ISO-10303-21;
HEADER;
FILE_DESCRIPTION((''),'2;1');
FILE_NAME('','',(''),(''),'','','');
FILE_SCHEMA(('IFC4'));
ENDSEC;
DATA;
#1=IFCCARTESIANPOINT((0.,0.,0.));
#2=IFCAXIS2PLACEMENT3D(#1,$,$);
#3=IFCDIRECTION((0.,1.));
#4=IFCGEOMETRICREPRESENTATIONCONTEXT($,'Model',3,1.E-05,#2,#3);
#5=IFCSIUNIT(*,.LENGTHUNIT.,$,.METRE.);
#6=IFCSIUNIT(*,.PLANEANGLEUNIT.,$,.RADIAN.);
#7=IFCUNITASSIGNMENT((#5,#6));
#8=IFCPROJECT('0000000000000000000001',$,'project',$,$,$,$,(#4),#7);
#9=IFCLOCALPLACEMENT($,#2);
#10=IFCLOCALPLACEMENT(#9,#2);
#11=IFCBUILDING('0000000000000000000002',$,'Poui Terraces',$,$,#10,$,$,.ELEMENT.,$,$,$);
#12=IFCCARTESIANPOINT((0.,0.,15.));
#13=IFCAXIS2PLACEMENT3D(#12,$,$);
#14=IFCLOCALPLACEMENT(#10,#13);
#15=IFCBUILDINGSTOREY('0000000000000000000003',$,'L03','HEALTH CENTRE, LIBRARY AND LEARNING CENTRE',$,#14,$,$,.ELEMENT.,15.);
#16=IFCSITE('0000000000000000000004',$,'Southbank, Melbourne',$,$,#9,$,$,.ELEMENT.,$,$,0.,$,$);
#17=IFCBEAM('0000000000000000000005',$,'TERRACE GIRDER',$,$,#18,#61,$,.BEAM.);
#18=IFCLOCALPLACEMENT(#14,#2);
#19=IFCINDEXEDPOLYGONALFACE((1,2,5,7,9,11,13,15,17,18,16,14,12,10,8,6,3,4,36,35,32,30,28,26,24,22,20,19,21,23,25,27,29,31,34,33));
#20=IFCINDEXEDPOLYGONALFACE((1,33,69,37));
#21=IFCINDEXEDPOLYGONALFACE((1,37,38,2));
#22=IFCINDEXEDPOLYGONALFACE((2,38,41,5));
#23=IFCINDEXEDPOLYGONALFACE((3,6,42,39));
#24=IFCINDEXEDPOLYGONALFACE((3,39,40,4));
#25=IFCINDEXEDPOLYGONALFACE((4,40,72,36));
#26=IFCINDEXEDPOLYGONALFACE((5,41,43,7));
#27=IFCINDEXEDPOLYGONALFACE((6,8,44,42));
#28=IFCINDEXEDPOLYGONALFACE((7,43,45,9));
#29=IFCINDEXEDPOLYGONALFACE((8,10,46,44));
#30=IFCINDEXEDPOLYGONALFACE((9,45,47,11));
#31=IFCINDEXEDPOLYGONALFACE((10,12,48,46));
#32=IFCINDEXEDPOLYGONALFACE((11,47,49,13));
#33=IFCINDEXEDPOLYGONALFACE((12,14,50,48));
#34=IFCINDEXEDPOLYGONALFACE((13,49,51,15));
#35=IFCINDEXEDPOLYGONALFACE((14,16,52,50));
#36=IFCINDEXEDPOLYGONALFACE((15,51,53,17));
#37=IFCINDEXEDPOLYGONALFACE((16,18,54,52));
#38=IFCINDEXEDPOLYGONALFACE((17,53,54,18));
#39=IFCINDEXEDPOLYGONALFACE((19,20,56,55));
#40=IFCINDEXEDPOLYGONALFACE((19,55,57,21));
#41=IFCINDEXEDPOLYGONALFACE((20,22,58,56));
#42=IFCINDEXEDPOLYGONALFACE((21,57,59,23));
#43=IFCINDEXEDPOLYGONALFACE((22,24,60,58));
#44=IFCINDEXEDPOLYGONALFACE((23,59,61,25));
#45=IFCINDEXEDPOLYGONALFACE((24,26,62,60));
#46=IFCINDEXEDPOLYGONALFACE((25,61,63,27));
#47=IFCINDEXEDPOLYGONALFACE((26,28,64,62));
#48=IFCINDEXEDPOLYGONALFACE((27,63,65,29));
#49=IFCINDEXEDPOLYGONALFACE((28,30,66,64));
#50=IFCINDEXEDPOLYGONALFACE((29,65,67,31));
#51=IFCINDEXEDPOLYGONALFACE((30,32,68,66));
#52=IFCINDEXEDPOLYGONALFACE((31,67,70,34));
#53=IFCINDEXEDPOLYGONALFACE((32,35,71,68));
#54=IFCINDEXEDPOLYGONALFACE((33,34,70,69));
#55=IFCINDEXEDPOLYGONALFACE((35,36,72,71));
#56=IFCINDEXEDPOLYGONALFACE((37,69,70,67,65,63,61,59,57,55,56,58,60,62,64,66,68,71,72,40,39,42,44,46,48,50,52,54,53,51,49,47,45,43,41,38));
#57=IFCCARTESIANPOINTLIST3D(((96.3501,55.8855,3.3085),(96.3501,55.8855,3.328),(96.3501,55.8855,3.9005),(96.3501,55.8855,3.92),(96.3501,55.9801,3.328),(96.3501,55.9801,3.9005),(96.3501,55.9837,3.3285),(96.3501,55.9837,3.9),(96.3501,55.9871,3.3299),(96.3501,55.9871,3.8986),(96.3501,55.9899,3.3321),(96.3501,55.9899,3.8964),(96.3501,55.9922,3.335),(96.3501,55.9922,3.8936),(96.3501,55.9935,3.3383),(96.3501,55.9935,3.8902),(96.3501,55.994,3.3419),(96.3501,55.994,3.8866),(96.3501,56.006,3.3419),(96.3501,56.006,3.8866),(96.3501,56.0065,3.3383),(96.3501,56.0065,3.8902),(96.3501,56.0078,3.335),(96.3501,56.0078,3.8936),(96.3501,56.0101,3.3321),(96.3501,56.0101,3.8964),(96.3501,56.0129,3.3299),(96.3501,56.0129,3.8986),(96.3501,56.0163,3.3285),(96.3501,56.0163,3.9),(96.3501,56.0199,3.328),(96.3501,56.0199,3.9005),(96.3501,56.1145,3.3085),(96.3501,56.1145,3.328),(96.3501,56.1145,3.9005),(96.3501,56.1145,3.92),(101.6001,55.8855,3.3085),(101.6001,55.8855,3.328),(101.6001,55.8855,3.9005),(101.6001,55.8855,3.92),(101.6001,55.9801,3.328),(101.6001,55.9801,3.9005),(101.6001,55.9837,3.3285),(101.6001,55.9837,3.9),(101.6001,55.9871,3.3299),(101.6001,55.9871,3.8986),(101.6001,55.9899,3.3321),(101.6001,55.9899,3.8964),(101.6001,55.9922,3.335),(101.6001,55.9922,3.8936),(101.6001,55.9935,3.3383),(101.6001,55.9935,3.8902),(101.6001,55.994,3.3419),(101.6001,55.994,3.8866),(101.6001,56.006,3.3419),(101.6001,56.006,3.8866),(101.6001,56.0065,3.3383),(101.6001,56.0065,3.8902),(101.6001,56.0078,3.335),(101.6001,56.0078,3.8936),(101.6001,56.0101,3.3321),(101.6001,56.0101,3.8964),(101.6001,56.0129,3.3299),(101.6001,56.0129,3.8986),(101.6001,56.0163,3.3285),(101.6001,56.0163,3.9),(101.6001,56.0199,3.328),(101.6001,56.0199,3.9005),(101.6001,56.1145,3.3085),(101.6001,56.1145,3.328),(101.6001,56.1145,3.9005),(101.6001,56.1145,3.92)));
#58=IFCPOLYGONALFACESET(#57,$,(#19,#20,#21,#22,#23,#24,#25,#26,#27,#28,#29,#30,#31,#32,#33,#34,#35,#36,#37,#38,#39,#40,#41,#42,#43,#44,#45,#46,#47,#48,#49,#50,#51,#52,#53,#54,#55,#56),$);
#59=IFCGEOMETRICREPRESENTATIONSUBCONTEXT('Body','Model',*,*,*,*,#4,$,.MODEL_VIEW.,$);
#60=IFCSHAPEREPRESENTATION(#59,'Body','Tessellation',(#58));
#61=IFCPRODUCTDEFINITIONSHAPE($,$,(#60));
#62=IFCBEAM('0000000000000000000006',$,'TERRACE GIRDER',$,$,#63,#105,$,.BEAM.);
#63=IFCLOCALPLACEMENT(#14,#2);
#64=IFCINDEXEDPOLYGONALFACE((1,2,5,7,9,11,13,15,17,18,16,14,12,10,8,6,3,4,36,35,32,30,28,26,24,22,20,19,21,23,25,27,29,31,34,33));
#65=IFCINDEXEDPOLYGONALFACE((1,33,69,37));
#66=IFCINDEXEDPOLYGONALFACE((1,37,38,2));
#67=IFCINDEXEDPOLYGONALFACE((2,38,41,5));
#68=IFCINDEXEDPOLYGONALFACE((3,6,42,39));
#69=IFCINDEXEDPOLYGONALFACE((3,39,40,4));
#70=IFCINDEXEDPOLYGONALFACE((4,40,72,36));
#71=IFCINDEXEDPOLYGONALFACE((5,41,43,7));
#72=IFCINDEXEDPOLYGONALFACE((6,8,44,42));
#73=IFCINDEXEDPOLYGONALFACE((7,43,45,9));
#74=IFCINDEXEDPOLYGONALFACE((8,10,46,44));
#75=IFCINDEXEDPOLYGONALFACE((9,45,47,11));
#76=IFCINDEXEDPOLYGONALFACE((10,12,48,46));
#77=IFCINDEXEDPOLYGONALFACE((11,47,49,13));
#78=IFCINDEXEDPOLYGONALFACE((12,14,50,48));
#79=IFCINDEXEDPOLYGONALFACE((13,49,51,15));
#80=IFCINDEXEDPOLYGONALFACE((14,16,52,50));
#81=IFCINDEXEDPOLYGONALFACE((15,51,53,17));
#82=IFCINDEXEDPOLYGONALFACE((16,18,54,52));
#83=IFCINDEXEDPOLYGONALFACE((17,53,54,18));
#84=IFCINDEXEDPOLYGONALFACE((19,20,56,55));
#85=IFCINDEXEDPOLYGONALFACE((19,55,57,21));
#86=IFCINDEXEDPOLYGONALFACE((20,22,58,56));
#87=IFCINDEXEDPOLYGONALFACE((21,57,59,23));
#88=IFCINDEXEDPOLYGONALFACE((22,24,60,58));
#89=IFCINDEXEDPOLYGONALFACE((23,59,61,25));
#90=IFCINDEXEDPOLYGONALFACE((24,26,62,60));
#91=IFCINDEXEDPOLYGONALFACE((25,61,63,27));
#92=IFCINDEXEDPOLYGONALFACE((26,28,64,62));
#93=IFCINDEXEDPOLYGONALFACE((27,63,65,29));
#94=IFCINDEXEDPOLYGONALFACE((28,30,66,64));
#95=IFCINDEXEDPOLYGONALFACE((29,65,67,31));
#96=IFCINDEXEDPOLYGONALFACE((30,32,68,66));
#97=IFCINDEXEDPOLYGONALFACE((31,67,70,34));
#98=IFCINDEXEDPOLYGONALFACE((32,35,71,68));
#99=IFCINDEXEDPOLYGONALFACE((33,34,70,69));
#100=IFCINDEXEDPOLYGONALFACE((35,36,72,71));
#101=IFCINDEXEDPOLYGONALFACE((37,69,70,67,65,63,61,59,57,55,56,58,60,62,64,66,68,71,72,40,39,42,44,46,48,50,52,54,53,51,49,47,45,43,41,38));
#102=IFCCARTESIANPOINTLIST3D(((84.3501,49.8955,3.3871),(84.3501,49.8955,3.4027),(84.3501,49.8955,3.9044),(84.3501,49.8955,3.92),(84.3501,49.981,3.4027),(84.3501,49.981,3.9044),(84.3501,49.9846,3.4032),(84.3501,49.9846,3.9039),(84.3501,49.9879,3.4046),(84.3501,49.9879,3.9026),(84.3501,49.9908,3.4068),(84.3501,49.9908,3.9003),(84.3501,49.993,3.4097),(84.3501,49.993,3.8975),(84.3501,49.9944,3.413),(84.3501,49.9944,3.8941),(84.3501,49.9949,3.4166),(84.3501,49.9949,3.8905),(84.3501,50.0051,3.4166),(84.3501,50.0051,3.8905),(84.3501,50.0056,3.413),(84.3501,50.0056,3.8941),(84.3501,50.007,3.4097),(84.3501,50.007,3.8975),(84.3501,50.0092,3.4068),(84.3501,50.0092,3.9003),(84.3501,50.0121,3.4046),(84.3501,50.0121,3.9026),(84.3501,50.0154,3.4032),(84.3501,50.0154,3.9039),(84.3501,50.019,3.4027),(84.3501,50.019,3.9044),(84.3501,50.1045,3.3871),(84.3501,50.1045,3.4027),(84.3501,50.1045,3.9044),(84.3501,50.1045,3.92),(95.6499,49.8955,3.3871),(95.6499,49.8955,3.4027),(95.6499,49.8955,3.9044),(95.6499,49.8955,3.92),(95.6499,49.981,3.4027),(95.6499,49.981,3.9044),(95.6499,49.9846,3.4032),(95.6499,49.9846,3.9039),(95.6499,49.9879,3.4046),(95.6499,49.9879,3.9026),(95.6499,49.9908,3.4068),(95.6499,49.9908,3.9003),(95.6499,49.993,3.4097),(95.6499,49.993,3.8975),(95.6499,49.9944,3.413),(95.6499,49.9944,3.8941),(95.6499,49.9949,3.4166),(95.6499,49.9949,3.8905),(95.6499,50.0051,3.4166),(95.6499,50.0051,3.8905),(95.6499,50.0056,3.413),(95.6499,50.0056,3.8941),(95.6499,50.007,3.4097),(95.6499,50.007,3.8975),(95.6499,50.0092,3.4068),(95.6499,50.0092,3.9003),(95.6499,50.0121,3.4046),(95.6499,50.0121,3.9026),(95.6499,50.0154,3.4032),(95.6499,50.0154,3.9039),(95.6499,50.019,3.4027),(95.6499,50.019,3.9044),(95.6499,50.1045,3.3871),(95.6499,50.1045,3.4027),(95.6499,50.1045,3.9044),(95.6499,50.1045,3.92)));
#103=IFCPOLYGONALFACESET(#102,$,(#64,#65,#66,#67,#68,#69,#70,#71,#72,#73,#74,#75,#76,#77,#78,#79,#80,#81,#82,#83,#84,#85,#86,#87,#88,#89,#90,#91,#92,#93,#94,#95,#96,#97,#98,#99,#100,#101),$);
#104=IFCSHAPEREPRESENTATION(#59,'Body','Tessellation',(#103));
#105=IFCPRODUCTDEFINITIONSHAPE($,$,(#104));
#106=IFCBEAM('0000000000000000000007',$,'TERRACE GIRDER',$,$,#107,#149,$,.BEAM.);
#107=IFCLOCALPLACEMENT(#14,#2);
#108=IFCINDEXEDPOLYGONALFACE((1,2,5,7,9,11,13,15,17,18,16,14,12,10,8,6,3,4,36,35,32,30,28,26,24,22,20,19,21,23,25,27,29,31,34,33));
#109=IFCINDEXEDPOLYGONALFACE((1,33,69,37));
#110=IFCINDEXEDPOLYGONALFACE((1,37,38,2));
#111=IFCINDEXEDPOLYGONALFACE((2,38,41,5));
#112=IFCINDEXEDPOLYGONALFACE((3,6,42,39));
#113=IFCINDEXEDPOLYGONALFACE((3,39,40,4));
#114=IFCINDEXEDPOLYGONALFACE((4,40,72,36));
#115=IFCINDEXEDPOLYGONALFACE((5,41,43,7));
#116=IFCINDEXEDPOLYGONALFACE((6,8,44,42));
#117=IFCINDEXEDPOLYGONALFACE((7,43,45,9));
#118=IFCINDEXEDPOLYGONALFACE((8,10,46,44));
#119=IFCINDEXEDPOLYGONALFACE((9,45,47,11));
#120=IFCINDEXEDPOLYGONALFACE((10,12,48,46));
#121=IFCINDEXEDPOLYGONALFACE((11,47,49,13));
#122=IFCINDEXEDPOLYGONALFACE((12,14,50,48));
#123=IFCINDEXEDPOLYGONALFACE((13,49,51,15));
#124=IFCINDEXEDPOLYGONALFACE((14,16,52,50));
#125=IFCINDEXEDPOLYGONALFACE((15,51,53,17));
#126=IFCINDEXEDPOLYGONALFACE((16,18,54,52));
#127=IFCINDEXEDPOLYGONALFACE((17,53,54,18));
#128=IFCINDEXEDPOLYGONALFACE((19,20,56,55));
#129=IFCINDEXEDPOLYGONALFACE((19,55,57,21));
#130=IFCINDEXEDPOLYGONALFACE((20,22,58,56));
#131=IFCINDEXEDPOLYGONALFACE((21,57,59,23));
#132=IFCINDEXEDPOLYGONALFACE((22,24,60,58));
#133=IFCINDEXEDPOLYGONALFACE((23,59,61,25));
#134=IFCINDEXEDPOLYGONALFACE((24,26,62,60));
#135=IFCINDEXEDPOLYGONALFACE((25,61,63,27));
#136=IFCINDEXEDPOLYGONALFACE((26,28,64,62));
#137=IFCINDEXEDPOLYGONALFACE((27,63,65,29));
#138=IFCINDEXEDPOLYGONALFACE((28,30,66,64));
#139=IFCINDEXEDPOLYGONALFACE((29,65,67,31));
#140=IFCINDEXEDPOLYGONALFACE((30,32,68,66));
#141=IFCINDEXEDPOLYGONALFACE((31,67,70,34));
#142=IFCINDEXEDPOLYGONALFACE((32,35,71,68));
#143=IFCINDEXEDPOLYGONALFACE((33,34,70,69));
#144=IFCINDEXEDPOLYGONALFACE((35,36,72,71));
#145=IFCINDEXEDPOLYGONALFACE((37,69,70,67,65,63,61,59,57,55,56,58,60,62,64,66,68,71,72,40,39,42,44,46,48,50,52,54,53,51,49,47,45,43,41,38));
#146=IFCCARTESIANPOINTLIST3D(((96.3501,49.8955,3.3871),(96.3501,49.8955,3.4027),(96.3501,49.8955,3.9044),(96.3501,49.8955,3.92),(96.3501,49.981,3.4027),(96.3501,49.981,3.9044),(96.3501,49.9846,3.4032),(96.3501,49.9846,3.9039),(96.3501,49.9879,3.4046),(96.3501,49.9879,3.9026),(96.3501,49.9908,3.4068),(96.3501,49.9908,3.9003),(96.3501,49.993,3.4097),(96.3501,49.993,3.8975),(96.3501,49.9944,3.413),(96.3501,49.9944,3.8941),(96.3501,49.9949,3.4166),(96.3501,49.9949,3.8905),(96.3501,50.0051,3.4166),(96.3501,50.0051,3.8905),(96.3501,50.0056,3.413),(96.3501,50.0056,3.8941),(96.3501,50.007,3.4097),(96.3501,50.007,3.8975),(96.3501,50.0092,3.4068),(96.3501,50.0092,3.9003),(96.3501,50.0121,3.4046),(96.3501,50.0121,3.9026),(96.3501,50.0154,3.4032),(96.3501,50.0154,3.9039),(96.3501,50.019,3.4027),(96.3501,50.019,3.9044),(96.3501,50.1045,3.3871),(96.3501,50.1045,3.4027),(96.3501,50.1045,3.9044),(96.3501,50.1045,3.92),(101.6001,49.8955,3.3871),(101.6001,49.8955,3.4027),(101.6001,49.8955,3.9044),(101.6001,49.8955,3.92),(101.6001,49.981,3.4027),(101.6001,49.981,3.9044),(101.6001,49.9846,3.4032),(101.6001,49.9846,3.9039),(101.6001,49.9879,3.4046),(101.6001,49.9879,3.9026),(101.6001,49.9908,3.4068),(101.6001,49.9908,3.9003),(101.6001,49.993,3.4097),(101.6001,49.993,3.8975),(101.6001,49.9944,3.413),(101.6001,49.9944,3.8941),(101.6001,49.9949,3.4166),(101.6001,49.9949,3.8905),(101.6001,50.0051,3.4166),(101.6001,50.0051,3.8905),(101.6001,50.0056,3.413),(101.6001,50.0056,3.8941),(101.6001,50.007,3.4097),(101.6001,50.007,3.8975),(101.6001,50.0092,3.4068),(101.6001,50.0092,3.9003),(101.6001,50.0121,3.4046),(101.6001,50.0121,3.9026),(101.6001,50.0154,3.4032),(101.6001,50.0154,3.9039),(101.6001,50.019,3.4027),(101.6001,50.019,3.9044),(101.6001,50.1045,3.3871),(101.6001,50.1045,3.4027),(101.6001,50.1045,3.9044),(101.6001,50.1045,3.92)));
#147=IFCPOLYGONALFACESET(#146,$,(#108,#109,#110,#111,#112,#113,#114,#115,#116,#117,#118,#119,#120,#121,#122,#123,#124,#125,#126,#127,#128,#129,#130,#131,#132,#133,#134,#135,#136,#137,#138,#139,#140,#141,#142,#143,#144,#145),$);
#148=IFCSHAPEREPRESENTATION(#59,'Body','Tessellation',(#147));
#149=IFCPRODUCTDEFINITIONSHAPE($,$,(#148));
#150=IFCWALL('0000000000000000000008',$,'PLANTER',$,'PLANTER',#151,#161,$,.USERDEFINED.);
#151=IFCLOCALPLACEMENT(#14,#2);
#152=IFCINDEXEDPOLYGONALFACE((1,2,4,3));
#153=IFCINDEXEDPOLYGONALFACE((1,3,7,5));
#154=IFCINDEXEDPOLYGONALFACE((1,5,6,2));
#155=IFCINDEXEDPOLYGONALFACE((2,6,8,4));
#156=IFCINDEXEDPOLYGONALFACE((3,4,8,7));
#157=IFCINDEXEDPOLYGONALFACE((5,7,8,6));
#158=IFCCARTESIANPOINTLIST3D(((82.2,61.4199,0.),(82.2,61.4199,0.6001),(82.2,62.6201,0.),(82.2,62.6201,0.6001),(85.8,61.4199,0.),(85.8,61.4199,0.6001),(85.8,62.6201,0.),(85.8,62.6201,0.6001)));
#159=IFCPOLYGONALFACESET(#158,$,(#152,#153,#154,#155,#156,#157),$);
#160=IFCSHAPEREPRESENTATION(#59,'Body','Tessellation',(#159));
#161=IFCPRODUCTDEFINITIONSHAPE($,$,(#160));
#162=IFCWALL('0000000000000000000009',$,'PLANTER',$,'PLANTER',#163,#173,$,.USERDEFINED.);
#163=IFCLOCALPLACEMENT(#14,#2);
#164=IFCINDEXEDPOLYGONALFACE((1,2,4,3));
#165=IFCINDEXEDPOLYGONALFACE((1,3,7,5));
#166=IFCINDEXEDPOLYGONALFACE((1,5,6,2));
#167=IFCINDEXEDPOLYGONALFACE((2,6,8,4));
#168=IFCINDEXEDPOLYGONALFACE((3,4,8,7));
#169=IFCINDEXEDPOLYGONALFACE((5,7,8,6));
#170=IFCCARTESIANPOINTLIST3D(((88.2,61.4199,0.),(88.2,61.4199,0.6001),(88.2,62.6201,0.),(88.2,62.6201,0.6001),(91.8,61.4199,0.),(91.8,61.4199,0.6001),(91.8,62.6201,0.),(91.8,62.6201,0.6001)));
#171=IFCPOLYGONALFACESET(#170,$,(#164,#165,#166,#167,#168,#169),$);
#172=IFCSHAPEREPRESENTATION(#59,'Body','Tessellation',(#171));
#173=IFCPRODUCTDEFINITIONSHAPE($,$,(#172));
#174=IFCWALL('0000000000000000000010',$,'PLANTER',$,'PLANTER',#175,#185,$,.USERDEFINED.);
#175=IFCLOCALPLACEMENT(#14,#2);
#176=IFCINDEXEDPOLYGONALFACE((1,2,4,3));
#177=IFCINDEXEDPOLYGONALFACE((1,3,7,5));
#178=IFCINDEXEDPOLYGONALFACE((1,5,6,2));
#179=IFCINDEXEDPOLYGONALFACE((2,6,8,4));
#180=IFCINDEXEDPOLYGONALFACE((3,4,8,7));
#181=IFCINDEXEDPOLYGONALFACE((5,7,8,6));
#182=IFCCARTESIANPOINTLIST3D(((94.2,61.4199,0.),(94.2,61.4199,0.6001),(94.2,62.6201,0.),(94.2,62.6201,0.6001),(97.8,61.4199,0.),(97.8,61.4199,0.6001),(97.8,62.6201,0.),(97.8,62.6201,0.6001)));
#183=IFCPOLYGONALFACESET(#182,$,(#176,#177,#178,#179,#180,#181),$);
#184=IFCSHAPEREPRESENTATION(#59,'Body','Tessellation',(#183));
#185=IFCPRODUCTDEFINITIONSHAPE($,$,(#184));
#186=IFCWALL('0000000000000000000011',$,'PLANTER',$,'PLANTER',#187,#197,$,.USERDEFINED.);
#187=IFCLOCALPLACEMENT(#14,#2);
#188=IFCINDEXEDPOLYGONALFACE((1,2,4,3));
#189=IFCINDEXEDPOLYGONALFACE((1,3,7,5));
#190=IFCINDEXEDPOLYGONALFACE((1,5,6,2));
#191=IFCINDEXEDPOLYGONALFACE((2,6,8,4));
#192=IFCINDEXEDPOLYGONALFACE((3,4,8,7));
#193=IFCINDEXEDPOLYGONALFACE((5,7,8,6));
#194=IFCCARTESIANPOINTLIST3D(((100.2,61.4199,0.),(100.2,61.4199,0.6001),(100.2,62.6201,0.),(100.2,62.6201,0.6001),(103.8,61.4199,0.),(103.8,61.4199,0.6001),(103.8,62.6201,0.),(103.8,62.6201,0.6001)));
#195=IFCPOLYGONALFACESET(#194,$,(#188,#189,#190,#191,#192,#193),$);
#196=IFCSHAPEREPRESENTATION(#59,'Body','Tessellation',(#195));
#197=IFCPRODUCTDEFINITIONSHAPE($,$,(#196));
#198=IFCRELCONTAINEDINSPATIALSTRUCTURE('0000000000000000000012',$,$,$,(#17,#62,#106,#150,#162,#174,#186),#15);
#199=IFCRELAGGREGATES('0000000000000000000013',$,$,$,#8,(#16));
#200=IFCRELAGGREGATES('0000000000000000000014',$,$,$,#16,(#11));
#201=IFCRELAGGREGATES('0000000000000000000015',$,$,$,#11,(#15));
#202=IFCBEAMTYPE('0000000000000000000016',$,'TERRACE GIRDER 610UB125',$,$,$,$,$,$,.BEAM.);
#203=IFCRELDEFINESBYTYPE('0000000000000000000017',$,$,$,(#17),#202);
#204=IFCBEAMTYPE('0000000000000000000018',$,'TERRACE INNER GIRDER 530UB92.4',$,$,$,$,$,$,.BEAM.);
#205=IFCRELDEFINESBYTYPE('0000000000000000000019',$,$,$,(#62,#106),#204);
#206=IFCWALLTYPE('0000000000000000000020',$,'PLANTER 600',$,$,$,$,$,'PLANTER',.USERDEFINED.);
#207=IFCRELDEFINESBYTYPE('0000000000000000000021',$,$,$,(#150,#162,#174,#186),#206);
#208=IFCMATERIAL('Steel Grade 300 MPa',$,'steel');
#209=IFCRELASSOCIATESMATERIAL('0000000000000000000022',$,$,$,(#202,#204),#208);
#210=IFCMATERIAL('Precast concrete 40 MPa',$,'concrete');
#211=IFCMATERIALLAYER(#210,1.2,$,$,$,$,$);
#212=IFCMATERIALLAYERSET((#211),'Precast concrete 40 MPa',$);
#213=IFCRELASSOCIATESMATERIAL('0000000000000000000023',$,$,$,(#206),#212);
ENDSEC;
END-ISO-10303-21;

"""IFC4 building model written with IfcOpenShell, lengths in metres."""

from ifc_helpers import new_model, si_unit, direction, frame, origin, origin_2d, place, context, subcontext, project, spatial, polyline, i_section, outline, extrude, source, transform, mapped, material, layer, layer_set, material_profile, profile_set, type_object, element, save


model = new_model("IFC4")

# Units and contexts
model_context = context("Model", 3, precision=1e-05, world=origin(), true_north=direction((0.0, 1.0)))
body_context = subcontext(model_context, "Body", "Model", "MODEL_VIEW")
ifc_project = project(units=[si_unit("LENGTHUNIT", "METRE"), si_unit("PLANEANGLEUNIT", "RADIAN")], contexts=[model_context])

# Site, building, storey
site_placement = place(None, origin())
site = spatial("IfcSite", under=ifc_project, at=site_placement, Name="Southbank, Melbourne", CompositionType="ELEMENT", RefElevation=0.0)
building_placement = place(site_placement, origin())
building = spatial("IfcBuilding", under=site, at=building_placement, Name="Poui Terraces", CompositionType="ELEMENT")
storey_placement = place(building_placement, frame((0.0, 0.0, 15.0)))
storey = spatial("IfcBuildingStorey", under=building, at=storey_placement, Name="L03", Description="HEALTH CENTRE, LIBRARY AND LEARNING CENTRE", CompositionType="ELEMENT", Elevation=15.0)

# Beams
ifc_material_1 = material(Name="Steel Grade 300 MPa", Category="steel")
ifc_material_profile_1 = material_profile(ifc_material_1, i_section(OverallWidth=0.229, OverallDepth=0.6116, WebThickness=0.012, FlangeThickness=0.0195, FilletRadius=0.0139, at=origin_2d()), Name="610UB125")
ifc_profile_set_1 = profile_set([ifc_material_profile_1], Name="Steel Grade 300 MPa")
beam_type_1 = type_object("IfcBeamType", Name="TERRACE GIRDER 610UB125", PredefinedType="BEAM", material=ifc_profile_set_1)
shared_shape_1 = source(origin(), body_context, "Body", "SweptSolid", [
    extrude(i_section(OverallWidth=0.229, OverallDepth=0.6116, WebThickness=0.012, FlangeThickness=0.0195, FilletRadius=0.0139, at=origin_2d()), origin(), (0.0, 0.0, 1.0), 5.25),
])
beam_1_placement = place(storey_placement, frame((96.3501, 56.0, 3.6143), z_axis=(1.0, 0.0, 0.0), x_axis=(0.0, 1.0, 0.0)))
element("IfcBeam", 1, at=beam_1_placement, inside=storey, type_object=beam_type_1, Name="TERRACE GIRDER", PredefinedType="BEAM", context=body_context, shape_type="MappedRepresentation", body=[
    mapped(shared_shape_1, transform((0.0, 0.0, 0.0))),
])
ifc_material_profile_2 = material_profile(ifc_material_1, i_section(OverallWidth=0.209, OverallDepth=0.533, WebThickness=0.0103, FlangeThickness=0.0156, FilletRadius=0.0139, at=origin_2d()), Name="530UB92.4")
ifc_profile_set_2 = profile_set([ifc_material_profile_2], Name="Steel Grade 300 MPa")
beam_type_2 = type_object("IfcBeamType", Name="TERRACE INNER GIRDER 530UB92.4", PredefinedType="BEAM", material=ifc_profile_set_2)
shared_shape_2 = source(origin(), body_context, "Body", "SweptSolid", [
    extrude(i_section(OverallWidth=0.209, OverallDepth=0.533, WebThickness=0.0103, FlangeThickness=0.0156, FilletRadius=0.0139, at=origin_2d()), origin(), (0.0, 0.0, 1.0), 11.2998),
])
beam_2_placement = place(storey_placement, frame((84.3501, 50.0, 3.6536), z_axis=(1.0, 0.0, 0.0), x_axis=(0.0, 1.0, 0.0)))
element("IfcBeam", 2, at=beam_2_placement, inside=storey, type_object=beam_type_2, Name="TERRACE GIRDER", PredefinedType="BEAM", context=body_context, shape_type="MappedRepresentation", body=[
    mapped(shared_shape_2, transform((0.0, 0.0, 0.0))),
])
shared_shape_3 = source(origin(), body_context, "Body", "SweptSolid", [
    extrude(i_section(OverallWidth=0.209, OverallDepth=0.533, WebThickness=0.0103, FlangeThickness=0.0156, FilletRadius=0.0139, at=origin_2d()), origin(), (0.0, 0.0, 1.0), 5.25),
])
beam_3_placement = place(storey_placement, frame((96.3501, 50.0, 3.6536), z_axis=(1.0, 0.0, 0.0), x_axis=(0.0, 1.0, 0.0)))
element("IfcBeam", 3, at=beam_3_placement, inside=storey, type_object=beam_type_2, Name="TERRACE GIRDER", PredefinedType="BEAM", context=body_context, shape_type="MappedRepresentation", body=[
    mapped(shared_shape_3, transform((0.0, 0.0, 0.0))),
])

# Walls
ifc_material_2 = material(Name="Precast concrete 40 MPa", Category="concrete")
ifc_layer = layer(ifc_material_2, 1.2)
ifc_layer_set = layer_set([ifc_layer], Name="Precast concrete 40 MPa")
wall_type = type_object("IfcWallType", Name="PLANTER 600", ElementType="PLANTER", PredefinedType="USERDEFINED", material=ifc_layer_set)
shared_shape_4 = source(origin(), body_context, "Body", "SweptSolid", [
    extrude(outline(polyline([(0.0, 0.0), (3.6001, 0.0), (3.6001, 1.2002), (0.0, 1.2002), (0.0, 0.0)])), origin(), (0.0, 0.0, 1.0), 0.6001),
])
for number, where, name in (
    (4, (82.2, 61.4199, 0.0), "PLANTER"),
    (5, (88.2, 61.4199, 0.0), "PLANTER"),
    (6, (94.2, 61.4199, 0.0), "PLANTER"),
    (7, (100.2, 61.4199, 0.0), "PLANTER"),
):
    element("IfcWall", number, at=place(storey_placement, frame(where)), inside=storey, type_object=wall_type, Name=name, ObjectType="PLANTER", PredefinedType="USERDEFINED", context=body_context, shape_type="MappedRepresentation", body=[
        mapped(shared_shape_4, transform((0.0, 0.0, 0.0))),
    ])

save(model, "model.ifc")
